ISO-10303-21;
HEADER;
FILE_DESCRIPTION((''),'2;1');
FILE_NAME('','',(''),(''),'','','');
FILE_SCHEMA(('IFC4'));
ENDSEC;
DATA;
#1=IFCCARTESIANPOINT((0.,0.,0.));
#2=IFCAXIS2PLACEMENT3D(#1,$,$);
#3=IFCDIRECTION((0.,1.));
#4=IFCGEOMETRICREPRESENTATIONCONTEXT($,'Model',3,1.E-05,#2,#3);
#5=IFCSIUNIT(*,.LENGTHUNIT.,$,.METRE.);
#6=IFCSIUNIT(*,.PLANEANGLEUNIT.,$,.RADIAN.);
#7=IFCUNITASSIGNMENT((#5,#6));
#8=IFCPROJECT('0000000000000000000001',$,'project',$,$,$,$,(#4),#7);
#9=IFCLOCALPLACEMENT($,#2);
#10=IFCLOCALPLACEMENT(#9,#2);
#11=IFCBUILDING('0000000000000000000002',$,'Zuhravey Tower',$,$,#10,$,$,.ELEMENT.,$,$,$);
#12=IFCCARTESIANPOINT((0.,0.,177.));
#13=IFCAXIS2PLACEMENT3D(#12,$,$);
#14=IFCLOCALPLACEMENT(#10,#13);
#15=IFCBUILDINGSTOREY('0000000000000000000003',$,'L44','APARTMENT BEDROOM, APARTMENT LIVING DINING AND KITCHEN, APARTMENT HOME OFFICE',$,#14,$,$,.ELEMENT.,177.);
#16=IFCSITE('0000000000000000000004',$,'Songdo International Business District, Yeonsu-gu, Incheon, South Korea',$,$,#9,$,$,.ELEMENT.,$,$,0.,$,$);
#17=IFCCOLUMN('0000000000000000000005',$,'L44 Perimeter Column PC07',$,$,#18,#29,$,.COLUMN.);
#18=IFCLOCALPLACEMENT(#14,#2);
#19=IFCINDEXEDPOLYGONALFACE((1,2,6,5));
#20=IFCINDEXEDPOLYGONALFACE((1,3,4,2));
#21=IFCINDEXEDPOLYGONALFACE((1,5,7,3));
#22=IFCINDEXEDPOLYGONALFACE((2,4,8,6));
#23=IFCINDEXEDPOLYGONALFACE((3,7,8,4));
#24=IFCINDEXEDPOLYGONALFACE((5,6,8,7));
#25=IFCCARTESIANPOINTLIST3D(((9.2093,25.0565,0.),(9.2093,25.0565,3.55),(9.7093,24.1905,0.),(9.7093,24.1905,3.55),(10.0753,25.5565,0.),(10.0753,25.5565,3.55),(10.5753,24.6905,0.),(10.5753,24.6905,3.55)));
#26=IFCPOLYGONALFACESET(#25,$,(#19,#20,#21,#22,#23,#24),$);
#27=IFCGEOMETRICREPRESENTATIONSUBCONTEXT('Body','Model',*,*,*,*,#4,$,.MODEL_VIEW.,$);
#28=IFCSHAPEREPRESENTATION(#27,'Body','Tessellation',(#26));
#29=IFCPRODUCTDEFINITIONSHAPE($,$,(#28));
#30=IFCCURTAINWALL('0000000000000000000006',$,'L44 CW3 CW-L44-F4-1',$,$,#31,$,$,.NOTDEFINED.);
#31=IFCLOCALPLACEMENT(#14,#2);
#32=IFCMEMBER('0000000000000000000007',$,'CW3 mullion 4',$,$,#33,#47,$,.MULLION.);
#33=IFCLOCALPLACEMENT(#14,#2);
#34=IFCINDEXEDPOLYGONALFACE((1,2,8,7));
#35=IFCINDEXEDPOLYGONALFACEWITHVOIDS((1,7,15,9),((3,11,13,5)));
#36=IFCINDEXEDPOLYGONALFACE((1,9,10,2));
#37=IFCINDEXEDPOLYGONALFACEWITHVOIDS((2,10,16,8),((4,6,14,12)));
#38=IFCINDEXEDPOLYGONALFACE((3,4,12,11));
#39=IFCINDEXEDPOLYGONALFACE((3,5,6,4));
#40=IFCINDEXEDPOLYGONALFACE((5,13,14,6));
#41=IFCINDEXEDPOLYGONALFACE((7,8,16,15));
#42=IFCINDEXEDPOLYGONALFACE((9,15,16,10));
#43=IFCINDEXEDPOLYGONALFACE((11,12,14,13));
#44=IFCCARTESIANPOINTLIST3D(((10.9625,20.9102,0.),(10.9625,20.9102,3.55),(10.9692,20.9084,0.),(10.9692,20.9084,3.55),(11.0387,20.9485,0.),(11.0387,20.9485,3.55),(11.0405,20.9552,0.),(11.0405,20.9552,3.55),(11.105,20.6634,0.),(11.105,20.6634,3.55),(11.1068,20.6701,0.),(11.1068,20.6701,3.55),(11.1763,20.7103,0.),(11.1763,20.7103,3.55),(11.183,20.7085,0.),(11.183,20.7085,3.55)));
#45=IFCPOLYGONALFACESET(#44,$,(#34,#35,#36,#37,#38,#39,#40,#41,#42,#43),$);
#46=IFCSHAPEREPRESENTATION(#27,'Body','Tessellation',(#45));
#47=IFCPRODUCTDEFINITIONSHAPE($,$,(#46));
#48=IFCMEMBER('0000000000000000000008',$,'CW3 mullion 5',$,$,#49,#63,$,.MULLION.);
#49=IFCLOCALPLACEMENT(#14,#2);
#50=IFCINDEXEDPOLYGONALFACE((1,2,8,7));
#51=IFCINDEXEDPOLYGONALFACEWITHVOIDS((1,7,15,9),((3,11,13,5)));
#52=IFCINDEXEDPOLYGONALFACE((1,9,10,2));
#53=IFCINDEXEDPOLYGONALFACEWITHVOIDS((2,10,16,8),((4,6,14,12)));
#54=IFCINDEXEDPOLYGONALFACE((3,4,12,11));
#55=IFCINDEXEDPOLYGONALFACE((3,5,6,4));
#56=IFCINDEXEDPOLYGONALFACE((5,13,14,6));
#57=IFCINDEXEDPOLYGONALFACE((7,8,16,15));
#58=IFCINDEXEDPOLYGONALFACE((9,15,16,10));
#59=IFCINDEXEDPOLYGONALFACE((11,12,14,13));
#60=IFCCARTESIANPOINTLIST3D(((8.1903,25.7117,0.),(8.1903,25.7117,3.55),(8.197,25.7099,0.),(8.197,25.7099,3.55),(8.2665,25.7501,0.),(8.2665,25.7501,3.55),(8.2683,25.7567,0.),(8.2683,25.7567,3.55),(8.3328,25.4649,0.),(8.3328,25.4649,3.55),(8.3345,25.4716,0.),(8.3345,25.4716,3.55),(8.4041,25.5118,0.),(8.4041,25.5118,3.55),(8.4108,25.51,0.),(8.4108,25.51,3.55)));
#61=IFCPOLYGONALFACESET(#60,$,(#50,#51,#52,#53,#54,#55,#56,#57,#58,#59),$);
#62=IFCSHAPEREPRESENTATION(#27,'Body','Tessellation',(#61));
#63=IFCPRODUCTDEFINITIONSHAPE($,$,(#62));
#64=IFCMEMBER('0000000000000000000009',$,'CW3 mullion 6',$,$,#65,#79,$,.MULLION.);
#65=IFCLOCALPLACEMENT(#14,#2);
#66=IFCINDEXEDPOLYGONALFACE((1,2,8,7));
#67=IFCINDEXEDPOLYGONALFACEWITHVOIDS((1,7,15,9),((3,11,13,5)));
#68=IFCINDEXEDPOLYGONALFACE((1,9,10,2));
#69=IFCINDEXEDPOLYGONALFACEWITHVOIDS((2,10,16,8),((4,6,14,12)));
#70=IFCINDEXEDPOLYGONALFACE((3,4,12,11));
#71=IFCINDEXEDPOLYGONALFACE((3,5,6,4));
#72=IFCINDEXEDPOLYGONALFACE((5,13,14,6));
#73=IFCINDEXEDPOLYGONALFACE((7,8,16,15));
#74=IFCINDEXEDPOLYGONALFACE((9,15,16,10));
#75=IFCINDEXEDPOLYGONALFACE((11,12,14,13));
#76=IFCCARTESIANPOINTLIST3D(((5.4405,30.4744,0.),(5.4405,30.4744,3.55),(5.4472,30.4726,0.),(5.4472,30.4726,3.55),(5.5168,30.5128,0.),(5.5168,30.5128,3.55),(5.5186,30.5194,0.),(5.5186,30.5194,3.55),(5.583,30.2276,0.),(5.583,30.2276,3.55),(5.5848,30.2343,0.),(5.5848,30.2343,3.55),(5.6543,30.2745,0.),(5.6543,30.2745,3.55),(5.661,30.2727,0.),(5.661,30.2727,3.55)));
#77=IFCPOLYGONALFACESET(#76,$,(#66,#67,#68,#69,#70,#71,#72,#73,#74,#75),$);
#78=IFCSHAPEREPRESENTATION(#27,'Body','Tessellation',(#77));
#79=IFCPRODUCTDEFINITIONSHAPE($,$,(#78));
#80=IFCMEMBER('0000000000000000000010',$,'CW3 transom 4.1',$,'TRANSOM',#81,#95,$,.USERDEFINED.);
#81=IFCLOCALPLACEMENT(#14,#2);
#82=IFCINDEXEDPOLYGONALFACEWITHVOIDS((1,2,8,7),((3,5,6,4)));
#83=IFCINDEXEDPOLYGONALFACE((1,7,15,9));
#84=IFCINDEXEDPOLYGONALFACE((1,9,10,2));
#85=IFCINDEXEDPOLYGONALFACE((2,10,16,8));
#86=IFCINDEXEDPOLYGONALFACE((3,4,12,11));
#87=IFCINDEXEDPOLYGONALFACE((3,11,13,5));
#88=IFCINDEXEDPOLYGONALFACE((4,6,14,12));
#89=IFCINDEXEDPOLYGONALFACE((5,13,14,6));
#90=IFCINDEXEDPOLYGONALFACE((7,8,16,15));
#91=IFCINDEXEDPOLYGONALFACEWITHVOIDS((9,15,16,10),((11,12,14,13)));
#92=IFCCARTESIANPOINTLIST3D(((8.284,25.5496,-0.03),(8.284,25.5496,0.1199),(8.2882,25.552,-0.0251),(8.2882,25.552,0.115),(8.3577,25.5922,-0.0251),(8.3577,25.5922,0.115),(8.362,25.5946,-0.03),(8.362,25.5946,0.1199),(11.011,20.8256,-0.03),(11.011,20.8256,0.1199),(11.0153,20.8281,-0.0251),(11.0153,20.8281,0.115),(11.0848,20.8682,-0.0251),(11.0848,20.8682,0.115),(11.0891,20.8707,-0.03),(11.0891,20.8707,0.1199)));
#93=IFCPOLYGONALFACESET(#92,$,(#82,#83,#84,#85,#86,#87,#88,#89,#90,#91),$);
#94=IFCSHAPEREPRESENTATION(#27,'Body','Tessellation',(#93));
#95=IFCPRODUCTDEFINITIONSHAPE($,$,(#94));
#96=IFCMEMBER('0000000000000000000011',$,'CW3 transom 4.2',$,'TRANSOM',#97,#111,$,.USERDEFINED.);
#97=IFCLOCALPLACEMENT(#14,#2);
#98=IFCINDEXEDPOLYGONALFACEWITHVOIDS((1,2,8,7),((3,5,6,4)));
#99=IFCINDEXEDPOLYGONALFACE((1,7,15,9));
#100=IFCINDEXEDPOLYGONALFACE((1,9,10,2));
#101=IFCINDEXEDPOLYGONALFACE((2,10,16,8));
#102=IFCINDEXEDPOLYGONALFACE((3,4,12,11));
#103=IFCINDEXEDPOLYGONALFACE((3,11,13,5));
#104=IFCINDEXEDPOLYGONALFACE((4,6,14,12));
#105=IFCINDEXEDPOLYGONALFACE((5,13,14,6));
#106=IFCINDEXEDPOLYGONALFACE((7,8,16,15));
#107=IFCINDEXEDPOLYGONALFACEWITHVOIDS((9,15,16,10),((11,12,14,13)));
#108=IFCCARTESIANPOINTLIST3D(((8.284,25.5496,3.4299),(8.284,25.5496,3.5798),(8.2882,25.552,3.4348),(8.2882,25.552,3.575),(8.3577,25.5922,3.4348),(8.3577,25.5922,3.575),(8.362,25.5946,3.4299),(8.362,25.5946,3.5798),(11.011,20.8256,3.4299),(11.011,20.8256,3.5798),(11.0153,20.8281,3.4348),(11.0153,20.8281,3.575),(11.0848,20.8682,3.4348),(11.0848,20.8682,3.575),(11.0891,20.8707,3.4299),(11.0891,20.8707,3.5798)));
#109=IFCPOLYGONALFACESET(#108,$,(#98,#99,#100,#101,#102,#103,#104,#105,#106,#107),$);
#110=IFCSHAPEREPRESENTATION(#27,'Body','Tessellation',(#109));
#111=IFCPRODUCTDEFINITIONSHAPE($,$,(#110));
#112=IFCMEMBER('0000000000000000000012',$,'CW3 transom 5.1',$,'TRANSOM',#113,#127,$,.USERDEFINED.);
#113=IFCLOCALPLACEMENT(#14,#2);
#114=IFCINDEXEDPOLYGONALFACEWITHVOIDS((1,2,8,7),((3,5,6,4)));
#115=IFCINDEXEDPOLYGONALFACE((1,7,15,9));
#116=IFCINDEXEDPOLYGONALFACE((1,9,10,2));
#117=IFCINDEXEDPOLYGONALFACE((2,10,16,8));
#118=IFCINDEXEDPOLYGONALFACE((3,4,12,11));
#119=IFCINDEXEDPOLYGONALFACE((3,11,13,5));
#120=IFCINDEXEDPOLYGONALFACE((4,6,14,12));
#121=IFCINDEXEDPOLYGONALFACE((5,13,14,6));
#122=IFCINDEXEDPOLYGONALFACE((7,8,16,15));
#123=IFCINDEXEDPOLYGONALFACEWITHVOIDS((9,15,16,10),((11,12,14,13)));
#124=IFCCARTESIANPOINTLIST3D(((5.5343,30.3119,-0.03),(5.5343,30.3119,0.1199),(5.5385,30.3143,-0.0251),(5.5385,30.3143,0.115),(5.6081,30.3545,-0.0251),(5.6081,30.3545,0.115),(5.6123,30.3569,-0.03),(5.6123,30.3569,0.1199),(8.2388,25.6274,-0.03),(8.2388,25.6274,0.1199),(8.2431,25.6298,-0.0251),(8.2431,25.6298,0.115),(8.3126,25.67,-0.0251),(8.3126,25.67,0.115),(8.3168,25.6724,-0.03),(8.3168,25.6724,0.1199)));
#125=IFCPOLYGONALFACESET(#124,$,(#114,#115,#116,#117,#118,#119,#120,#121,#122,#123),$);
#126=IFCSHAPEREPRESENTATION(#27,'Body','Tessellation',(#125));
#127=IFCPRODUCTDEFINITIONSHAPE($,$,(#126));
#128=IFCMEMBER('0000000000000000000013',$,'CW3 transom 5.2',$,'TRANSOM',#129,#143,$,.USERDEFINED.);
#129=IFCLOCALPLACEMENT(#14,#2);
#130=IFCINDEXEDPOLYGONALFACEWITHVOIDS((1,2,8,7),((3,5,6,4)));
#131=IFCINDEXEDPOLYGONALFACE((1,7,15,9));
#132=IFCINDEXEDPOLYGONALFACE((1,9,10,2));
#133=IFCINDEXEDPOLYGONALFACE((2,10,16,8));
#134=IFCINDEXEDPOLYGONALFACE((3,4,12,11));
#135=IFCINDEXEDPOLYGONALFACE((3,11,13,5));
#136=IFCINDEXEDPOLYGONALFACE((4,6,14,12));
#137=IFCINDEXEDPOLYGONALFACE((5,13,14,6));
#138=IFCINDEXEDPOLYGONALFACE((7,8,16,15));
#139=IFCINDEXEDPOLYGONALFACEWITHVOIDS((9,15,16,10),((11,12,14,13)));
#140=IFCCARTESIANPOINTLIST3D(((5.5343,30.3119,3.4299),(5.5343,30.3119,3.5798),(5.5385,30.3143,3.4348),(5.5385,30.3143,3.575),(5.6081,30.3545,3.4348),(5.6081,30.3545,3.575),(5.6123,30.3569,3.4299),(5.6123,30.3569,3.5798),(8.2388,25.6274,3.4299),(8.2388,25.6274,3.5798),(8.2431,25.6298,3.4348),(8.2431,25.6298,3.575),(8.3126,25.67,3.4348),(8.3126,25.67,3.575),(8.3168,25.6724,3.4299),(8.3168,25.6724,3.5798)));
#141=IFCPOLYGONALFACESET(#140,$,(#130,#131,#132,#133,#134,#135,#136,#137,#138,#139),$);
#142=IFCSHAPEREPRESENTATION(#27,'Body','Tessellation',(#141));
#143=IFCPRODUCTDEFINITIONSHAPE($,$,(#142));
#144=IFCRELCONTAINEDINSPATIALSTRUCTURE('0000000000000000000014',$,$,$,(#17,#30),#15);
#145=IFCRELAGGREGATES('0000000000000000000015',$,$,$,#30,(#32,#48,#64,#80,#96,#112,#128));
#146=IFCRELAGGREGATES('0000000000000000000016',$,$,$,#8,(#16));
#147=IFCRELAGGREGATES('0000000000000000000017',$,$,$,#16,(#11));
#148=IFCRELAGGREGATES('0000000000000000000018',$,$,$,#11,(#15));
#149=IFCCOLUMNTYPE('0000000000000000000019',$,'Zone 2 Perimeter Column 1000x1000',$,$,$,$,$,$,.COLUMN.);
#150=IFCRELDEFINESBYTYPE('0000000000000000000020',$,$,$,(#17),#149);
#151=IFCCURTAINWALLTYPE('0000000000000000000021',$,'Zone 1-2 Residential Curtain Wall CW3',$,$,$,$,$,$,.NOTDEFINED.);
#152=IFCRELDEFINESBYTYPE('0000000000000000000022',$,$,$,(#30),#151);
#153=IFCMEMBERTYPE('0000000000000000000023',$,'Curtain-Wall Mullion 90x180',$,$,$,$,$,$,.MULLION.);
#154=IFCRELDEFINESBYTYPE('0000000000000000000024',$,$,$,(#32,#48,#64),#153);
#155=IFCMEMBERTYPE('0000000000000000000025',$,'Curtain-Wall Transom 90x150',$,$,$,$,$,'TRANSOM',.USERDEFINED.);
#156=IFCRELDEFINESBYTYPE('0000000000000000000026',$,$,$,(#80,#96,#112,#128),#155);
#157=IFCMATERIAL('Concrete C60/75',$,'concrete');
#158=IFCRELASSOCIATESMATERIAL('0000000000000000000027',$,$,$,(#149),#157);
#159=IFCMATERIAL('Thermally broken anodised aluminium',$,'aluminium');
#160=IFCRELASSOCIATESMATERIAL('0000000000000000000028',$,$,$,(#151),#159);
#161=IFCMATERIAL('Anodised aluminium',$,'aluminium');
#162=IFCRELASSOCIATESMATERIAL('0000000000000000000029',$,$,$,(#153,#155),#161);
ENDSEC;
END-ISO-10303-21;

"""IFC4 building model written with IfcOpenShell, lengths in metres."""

from ifc_helpers import new_model, si_unit, direction, frame, origin, origin_2d, place, context, subcontext, project, spatial, rectangle, hollow_rectangle, extrude, material, material_profile, profile_set, type_object, element, aggregate, save


model = new_model("IFC4")

# Units and contexts
model_context = context("Model", 3, precision=1e-05, world=origin(), true_north=direction((0.0, 1.0)))
body_context = subcontext(model_context, "Body", "Model", "MODEL_VIEW")
ifc_project = project(units=[si_unit("LENGTHUNIT", "METRE"), si_unit("PLANEANGLEUNIT", "RADIAN")], contexts=[model_context])

# Site, building, storey
site_placement = place(None, origin())
site = spatial("IfcSite", under=ifc_project, at=site_placement, Name="Songdo International Business District, Yeonsu-gu, Incheon, South Korea", CompositionType="ELEMENT", RefElevation=0.0)
building_placement = place(site_placement, origin())
building = spatial("IfcBuilding", under=site, at=building_placement, Name="Zuhravey Tower", CompositionType="ELEMENT")
storey_placement = place(building_placement, frame((0.0, 0.0, 177.0)))
storey = spatial("IfcBuildingStorey", under=building, at=storey_placement, Name="L44", Description="APARTMENT BEDROOM, APARTMENT LIVING DINING AND KITCHEN, APARTMENT HOME OFFICE", CompositionType="ELEMENT", Elevation=177.0)

# Column
ifc_material_1 = material(Name="Concrete C60/75", Category="concrete")
ifc_material_profile_1 = material_profile(ifc_material_1, rectangle(XDim=1.0, YDim=1.0, at=origin_2d()), Name="RC-1000x1000")
ifc_profile_set_1 = profile_set([ifc_material_profile_1], Name="Concrete C60/75")
column_type = type_object("IfcColumnType", Name="Zone 2 Perimeter Column 1000x1000", PredefinedType="COLUMN", material=ifc_profile_set_1)
column_placement = place(storey_placement, frame((9.8923, 24.8735, 0.0), z_axis=(0.0, 0.0, 1.0), x_axis=(0.5, -0.866025, 0.0)))
element("IfcColumn", 1, at=column_placement, inside=storey, type_object=column_type, Name="L44 Perimeter Column PC07", PredefinedType="COLUMN", context=body_context, shape_type="SweptSolid", body=[
    extrude(rectangle(XDim=1.0, YDim=1.0, at=origin_2d()), origin(), (0.0, 0.0, 1.0), 3.55),
])

# Curtain wall, members
ifc_material_2 = material(Name="Thermally broken anodised aluminium", Category="aluminium")
curtain_wall_type = type_object("IfcCurtainWallType", Name="Zone 1-2 Residential Curtain Wall CW3", PredefinedType="NOTDEFINED", material=ifc_material_2)
curtain_wall_placement = place(storey_placement, origin())
curtain_wall = element("IfcCurtainWall", 2, at=curtain_wall_placement, inside=storey, type_object=curtain_wall_type, Name="L44 CW3 CW-L44-F4-1", PredefinedType="NOTDEFINED")
ifc_material_3 = material(Name="Anodised aluminium", Category="aluminium")
ifc_material_profile_2 = material_profile(ifc_material_3, hollow_rectangle(XDim=0.0901, YDim=0.2849, WallThickness=0.0049, at=origin_2d()), Name="ALU-RHS-90x285x5")
ifc_profile_set_2 = profile_set([ifc_material_profile_2], Name="Anodised aluminium")
member_type_1 = type_object("IfcMemberType", Name="Curtain-Wall Mullion 90x180", PredefinedType="MULLION", material=ifc_profile_set_2)
member_1_placement = place(storey_placement, frame((11.0728, 20.8093, 0.0), z_axis=(0.0, 0.0, 1.0), x_axis=(-0.866025, -0.5, 0.0)))
member_1 = element("IfcMember", 3, at=member_1_placement, type_object=member_type_1, Name="CW3 mullion 4", PredefinedType="MULLION", context=body_context, shape_type="SweptSolid", body=[
    extrude(hollow_rectangle(XDim=0.0901, YDim=0.2849, WallThickness=0.0049, at=origin_2d()), origin(), (0.0, 0.0, 1.0), 3.55),
])
member_2_placement = place(storey_placement, frame((8.3005, 25.6108, 0.0), z_axis=(0.0, 0.0, 1.0), x_axis=(-0.866025, -0.5, 0.0)))
member_2 = element("IfcMember", 4, at=member_2_placement, type_object=member_type_1, Name="CW3 mullion 5", PredefinedType="MULLION", context=body_context, shape_type="SweptSolid", body=[
    extrude(hollow_rectangle(XDim=0.0901, YDim=0.2849, WallThickness=0.0049, at=origin_2d()), origin(), (0.0, 0.0, 1.0), 3.55),
])
member_3_placement = place(storey_placement, frame((5.5508, 30.3735, 0.0), z_axis=(0.0, 0.0, 1.0), x_axis=(-0.866025, -0.5, 0.0)))
member_3 = element("IfcMember", 5, at=member_3_placement, type_object=member_type_1, Name="CW3 mullion 6", PredefinedType="MULLION", context=body_context, shape_type="SweptSolid", body=[
    extrude(hollow_rectangle(XDim=0.0901, YDim=0.2849, WallThickness=0.0049, at=origin_2d()), origin(), (0.0, 0.0, 1.0), 3.55),
])
ifc_material_profile_3 = material_profile(ifc_material_3, hollow_rectangle(XDim=0.0901, YDim=0.1499, WallThickness=0.0049, at=origin_2d()), Name="ALU-RHS-90x150x5")
ifc_profile_set_3 = profile_set([ifc_material_profile_3], Name="Anodised aluminium")
member_type_2 = type_object("IfcMemberType", Name="Curtain-Wall Transom 90x150", ElementType="TRANSOM", PredefinedType="USERDEFINED", material=ifc_profile_set_3)
member_4_placement = place(storey_placement, frame((11.05, 20.8481, 0.0449), z_axis=(-0.499961, 0.866048, 0.0), x_axis=(-0.866048, -0.499961, 0.0)))
member_4 = element("IfcMember", 6, at=member_4_placement, type_object=member_type_2, Name="CW3 transom 4.1", ObjectType="TRANSOM", PredefinedType="USERDEFINED", context=body_context, shape_type="SweptSolid", body=[
    extrude(hollow_rectangle(XDim=0.0901, YDim=0.1499, WallThickness=0.0049, at=origin_2d()), origin(), (0.0, 0.0, 1.0), 5.4546),
])
member_5_placement = place(storey_placement, frame((11.05, 20.8481, 3.5049), z_axis=(-0.499961, 0.866048, 0.0), x_axis=(-0.866048, -0.499961, 0.0)))
member_5 = element("IfcMember", 7, at=member_5_placement, type_object=member_type_2, Name="CW3 transom 4.2", ObjectType="TRANSOM", PredefinedType="USERDEFINED", context=body_context, shape_type="SweptSolid", body=[
    extrude(hollow_rectangle(XDim=0.0901, YDim=0.1499, WallThickness=0.0049, at=origin_2d()), origin(), (0.0, 0.0, 1.0), 5.4546),
])
member_6_placement = place(storey_placement, frame((8.2778, 25.6499, 0.0449), z_axis=(-0.499993, 0.866029, 0.0), x_axis=(-0.866029, -0.499993, 0.0)))
member_6 = element("IfcMember", 8, at=member_6_placement, type_object=member_type_2, Name="CW3 transom 5.1", ObjectType="TRANSOM", PredefinedType="USERDEFINED", context=body_context, shape_type="SweptSolid", body=[
    extrude(hollow_rectangle(XDim=0.0901, YDim=0.1499, WallThickness=0.0049, at=origin_2d()), origin(), (0.0, 0.0, 1.0), 5.4092),
])
member_7_placement = place(storey_placement, frame((8.2778, 25.6499, 3.5049), z_axis=(-0.499993, 0.866029, 0.0), x_axis=(-0.866029, -0.499993, 0.0)))
member_7 = element("IfcMember", 9, at=member_7_placement, type_object=member_type_2, Name="CW3 transom 5.2", ObjectType="TRANSOM", PredefinedType="USERDEFINED", context=body_context, shape_type="SweptSolid", body=[
    extrude(hollow_rectangle(XDim=0.0901, YDim=0.1499, WallThickness=0.0049, at=origin_2d()), origin(), (0.0, 0.0, 1.0), 5.4092),
])

aggregate(curtain_wall, [member_1, member_2, member_3, member_4, member_5, member_6, member_7])

save(model, "model.ifc")
